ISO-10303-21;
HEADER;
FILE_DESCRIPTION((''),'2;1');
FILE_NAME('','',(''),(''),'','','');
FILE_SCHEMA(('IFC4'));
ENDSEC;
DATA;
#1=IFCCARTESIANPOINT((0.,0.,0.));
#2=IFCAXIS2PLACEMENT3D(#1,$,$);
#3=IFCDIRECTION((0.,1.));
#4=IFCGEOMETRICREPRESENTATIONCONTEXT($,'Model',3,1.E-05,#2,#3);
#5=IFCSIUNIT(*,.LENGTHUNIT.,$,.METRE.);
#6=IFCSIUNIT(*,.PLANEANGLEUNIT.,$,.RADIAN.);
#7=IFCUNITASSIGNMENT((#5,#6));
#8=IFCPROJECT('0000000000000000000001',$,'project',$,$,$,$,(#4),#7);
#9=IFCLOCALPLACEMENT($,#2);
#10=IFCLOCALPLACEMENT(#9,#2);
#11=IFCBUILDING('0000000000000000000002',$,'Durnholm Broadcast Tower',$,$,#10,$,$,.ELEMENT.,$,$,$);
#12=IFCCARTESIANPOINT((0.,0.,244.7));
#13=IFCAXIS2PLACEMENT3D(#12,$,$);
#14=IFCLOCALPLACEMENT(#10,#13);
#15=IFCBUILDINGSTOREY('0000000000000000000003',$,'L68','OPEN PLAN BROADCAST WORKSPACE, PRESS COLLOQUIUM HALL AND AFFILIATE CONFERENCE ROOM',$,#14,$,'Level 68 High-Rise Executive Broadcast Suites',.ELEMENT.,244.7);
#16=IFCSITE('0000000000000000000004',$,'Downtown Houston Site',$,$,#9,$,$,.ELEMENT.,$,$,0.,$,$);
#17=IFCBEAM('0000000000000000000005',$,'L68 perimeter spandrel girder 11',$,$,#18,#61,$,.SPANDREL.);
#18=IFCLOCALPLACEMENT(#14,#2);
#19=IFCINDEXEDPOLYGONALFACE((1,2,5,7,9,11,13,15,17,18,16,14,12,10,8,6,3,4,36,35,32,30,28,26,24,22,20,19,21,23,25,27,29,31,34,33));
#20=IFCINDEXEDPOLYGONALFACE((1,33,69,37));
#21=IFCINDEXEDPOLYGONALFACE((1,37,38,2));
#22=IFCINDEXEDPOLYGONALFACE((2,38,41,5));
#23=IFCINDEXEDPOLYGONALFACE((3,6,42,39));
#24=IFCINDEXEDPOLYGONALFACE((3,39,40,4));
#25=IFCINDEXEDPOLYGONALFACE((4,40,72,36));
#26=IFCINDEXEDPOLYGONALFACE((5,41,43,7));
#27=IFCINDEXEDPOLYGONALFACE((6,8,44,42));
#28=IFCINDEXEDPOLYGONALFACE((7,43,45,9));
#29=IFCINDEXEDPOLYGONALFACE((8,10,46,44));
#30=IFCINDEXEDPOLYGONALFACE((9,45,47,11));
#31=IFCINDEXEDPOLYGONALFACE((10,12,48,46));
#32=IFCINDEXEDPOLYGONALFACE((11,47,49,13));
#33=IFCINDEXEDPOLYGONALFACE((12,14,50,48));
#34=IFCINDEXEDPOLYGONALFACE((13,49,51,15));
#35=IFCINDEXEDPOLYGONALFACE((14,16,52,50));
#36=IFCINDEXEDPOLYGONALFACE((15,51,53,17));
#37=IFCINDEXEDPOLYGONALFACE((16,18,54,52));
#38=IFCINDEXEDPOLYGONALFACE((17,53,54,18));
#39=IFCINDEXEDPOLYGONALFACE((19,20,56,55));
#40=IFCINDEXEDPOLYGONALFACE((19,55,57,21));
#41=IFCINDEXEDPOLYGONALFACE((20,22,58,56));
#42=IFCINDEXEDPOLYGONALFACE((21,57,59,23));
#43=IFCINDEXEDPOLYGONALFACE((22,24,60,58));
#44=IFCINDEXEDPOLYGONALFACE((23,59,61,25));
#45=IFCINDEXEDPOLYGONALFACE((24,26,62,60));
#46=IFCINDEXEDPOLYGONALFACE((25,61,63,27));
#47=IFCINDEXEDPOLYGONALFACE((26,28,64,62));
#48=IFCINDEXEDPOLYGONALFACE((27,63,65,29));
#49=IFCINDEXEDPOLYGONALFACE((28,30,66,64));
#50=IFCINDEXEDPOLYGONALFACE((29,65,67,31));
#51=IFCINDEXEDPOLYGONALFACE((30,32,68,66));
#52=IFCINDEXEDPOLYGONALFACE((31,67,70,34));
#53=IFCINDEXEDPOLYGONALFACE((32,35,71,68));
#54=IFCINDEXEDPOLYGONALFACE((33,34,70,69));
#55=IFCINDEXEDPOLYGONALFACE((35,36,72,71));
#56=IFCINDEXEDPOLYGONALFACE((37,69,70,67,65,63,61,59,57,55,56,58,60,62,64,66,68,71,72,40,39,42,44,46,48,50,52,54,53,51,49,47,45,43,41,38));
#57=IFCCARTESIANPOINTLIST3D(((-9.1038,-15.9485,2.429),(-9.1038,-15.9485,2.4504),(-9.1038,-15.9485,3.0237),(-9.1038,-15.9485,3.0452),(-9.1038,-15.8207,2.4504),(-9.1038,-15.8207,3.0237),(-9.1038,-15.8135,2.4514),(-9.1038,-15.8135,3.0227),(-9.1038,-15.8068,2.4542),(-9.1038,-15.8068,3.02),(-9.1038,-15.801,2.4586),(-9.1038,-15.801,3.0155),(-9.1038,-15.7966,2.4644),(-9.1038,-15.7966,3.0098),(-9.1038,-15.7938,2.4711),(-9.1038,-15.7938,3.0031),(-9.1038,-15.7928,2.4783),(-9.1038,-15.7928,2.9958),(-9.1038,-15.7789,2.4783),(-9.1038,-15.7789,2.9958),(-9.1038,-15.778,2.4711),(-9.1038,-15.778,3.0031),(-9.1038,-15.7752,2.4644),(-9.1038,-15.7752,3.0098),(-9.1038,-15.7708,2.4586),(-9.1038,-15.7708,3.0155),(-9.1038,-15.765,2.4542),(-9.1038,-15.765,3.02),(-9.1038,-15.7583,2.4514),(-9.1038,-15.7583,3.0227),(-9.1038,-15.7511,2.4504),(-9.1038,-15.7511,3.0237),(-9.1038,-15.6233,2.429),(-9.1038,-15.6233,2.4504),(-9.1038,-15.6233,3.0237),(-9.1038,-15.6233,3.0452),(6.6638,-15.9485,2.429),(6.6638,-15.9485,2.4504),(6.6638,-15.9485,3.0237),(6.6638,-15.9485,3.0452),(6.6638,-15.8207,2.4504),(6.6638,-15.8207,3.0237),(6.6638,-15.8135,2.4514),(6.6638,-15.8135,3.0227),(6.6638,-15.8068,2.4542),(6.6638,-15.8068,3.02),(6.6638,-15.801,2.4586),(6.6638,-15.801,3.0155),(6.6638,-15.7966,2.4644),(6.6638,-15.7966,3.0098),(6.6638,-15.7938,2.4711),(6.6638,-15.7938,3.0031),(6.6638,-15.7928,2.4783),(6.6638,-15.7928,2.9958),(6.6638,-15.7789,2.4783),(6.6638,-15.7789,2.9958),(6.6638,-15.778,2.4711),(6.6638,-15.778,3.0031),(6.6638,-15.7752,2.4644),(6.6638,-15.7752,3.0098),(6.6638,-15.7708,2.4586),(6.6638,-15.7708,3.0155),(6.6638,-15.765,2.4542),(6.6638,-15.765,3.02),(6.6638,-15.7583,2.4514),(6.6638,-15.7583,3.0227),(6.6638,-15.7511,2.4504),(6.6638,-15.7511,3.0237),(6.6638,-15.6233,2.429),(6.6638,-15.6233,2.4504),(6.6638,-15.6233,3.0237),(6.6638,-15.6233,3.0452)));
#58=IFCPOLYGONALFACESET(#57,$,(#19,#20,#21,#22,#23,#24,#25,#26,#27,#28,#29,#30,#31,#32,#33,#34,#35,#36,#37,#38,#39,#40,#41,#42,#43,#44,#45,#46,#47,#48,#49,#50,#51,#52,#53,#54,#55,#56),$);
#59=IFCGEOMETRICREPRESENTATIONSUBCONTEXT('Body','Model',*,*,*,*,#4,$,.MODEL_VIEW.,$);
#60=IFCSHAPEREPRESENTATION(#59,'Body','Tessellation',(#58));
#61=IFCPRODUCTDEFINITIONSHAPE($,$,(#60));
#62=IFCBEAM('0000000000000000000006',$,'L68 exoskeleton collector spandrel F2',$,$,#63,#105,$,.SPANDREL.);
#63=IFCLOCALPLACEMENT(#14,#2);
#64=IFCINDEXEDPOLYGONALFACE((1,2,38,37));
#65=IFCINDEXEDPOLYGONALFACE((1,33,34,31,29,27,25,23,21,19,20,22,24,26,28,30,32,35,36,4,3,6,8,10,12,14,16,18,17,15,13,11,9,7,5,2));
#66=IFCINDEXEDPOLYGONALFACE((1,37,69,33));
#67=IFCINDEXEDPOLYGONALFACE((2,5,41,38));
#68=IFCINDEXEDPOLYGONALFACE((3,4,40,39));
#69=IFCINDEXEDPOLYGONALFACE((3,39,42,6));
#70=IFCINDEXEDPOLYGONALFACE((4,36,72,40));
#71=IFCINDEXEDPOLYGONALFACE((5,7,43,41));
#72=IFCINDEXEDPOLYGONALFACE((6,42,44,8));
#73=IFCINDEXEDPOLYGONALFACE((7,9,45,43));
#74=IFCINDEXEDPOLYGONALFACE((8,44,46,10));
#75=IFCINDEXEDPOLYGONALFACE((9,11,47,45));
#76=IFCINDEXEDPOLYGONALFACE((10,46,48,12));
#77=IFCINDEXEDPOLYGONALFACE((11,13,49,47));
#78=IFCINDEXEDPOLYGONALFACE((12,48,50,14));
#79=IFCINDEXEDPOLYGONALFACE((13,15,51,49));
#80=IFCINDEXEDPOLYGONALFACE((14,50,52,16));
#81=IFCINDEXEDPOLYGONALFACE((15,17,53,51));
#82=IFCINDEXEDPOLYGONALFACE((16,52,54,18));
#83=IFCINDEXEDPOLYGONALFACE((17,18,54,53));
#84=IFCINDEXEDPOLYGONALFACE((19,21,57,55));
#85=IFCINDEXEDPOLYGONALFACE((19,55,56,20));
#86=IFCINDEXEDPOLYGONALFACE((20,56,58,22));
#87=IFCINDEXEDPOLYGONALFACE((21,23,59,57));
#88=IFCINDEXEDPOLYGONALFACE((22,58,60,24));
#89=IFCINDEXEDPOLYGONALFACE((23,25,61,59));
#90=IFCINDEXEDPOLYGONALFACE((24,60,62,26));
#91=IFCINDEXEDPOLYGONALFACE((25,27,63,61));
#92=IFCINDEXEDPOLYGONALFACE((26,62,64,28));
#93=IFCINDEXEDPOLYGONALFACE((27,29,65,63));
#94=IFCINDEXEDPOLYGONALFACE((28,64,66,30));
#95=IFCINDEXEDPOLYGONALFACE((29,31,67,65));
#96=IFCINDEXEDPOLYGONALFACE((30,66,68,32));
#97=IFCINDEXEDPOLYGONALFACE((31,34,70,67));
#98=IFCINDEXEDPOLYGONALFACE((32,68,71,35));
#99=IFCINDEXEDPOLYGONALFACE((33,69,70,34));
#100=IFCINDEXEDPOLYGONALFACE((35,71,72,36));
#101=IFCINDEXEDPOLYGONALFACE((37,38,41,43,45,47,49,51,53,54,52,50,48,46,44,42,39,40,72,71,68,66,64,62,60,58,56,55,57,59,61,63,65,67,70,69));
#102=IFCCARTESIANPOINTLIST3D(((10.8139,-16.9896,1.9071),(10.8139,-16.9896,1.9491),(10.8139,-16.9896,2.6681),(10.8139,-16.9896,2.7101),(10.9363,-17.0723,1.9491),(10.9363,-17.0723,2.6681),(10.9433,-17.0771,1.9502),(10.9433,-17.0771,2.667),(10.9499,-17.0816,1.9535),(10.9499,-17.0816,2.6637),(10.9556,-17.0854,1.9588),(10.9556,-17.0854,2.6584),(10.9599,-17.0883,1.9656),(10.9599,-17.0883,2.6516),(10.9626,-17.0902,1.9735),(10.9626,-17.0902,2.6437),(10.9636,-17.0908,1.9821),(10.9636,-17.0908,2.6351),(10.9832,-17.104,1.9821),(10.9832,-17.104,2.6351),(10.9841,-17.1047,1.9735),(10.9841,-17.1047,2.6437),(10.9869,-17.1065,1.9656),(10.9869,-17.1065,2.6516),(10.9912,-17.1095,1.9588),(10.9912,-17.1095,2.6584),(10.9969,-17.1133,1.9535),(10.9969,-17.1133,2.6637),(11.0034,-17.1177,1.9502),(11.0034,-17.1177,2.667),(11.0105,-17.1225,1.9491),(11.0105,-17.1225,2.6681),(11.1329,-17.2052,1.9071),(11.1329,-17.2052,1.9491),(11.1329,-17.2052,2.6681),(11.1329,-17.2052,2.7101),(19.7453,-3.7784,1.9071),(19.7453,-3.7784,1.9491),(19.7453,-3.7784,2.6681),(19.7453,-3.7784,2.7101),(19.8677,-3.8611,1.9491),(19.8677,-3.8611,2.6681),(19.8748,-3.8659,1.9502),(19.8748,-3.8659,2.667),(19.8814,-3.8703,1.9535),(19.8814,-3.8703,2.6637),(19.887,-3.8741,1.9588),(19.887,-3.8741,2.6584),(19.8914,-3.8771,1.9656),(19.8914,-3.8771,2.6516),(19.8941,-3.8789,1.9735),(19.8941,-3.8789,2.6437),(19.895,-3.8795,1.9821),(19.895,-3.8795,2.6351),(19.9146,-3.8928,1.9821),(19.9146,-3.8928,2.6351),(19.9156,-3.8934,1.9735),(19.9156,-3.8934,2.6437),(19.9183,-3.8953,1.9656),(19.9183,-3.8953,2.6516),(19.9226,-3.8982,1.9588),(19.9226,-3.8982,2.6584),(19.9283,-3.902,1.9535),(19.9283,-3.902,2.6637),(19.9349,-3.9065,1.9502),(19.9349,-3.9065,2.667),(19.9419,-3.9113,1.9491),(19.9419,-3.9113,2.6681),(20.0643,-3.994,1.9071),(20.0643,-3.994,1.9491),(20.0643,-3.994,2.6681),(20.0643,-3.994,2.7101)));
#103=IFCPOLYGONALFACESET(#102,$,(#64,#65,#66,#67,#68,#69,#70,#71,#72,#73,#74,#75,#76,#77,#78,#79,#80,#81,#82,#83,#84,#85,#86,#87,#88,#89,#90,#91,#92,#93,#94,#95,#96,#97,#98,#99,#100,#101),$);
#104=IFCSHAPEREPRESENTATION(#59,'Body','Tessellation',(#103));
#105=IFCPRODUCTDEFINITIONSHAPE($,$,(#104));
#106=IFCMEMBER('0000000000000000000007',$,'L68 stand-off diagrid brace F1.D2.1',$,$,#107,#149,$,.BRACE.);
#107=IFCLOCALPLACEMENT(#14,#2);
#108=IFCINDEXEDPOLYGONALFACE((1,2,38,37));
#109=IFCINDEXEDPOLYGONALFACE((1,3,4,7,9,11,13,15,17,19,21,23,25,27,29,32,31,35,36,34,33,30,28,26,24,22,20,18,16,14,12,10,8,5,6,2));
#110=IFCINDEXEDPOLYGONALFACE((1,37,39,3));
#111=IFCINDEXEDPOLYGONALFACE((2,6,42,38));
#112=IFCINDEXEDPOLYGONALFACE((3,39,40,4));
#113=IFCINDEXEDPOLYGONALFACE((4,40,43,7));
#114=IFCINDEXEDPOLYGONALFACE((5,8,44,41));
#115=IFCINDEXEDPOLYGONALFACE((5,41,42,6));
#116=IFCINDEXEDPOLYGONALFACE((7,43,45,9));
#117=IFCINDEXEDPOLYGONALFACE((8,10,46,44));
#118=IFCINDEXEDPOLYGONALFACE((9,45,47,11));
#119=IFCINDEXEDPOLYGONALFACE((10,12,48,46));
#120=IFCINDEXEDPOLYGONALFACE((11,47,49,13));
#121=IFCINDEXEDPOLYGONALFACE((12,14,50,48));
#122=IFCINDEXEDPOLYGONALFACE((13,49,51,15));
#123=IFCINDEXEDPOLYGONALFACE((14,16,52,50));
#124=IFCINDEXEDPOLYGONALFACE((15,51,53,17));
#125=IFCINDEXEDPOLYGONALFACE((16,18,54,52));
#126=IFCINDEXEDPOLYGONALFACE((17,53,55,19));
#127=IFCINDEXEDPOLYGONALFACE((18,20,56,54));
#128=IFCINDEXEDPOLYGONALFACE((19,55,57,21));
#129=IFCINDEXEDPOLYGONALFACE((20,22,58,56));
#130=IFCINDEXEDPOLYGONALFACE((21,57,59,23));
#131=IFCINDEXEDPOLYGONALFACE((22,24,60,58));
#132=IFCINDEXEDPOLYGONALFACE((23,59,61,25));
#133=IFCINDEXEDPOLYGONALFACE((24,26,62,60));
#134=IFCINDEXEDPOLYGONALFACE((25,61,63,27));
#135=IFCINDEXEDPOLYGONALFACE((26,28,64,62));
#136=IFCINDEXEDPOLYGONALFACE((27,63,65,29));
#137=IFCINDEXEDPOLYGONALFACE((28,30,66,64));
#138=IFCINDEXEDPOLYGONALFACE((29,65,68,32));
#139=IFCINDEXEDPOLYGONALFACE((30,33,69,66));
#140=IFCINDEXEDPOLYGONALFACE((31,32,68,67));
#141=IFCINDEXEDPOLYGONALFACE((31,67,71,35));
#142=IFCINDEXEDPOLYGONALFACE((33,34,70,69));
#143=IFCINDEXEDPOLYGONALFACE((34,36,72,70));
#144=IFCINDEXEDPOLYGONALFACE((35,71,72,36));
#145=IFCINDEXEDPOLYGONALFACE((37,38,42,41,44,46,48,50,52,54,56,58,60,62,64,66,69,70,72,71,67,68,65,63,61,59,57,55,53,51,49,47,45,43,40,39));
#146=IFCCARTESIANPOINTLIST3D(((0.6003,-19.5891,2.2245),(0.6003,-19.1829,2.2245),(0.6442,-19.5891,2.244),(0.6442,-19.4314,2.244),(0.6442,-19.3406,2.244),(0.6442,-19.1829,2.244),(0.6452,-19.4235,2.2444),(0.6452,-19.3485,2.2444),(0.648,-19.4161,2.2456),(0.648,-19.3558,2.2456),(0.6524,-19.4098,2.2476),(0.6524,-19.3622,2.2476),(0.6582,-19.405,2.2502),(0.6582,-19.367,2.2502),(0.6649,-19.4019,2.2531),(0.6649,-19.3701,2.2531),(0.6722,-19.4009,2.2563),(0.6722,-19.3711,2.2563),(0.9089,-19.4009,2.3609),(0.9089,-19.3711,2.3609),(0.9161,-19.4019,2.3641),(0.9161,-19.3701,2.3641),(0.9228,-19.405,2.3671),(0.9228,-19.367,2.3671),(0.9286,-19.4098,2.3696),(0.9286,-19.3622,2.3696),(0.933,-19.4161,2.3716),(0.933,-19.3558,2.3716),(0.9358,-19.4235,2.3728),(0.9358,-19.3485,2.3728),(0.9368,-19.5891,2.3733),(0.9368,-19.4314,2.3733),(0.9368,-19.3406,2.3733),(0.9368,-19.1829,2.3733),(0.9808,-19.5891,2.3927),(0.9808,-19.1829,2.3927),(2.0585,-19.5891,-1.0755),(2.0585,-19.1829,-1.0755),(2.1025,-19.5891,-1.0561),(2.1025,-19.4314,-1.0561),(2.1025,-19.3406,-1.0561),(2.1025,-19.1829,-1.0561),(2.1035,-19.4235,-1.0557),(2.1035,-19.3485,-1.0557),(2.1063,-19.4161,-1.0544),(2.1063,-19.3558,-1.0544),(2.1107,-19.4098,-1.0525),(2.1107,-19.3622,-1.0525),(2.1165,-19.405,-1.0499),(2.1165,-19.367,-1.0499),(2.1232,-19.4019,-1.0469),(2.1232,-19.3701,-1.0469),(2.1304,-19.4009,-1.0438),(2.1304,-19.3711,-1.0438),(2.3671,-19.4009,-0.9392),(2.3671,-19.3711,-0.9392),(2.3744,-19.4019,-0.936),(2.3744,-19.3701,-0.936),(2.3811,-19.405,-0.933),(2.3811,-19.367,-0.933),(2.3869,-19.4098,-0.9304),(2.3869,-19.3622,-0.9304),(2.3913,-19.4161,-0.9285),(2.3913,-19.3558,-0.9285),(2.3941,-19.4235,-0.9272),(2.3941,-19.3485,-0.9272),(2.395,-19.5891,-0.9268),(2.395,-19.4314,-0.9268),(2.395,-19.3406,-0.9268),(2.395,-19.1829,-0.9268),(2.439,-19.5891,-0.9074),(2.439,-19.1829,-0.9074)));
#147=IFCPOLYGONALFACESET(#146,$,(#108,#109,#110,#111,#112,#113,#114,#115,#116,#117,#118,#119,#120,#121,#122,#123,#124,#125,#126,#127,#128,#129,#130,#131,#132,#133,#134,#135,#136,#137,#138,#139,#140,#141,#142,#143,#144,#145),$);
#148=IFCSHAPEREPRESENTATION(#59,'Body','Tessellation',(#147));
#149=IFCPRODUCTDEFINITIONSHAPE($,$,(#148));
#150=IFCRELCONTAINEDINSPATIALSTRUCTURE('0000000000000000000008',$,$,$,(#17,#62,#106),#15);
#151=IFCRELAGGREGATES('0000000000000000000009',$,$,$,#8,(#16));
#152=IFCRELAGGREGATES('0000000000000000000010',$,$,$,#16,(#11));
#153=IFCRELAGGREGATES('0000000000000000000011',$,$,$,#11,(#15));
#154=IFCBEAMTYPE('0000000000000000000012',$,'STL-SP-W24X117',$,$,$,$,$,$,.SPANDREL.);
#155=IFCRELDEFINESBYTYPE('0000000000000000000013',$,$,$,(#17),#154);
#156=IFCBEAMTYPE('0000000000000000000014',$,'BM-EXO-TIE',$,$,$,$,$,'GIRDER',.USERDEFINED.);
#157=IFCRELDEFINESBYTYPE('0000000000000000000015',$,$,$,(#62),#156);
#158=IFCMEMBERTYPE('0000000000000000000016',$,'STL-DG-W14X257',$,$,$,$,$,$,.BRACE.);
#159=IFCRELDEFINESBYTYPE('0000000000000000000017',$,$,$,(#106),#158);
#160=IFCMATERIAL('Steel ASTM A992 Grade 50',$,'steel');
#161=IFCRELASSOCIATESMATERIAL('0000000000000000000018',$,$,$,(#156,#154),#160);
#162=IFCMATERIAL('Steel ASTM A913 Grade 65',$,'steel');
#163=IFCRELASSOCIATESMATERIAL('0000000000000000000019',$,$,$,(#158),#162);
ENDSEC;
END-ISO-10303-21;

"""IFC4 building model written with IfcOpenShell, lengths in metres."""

from ifc_helpers import new_model, si_unit, direction, frame, origin, origin_2d, place, context, subcontext, project, spatial, i_section, extrude, source, transform, mapped, material, material_profile, profile_set, type_object, type_shapes, element, save


model = new_model("IFC4")

# Units and contexts
model_context = context("Model", 3, precision=1e-05, world=origin(), true_north=direction((0.0, 1.0)))
body_context = subcontext(model_context, "Body", "Model", "MODEL_VIEW")
ifc_project = project(units=[si_unit("LENGTHUNIT", "METRE"), si_unit("PLANEANGLEUNIT", "RADIAN")], contexts=[model_context])

# Site, building, storey
site_placement = place(None, origin())
site = spatial("IfcSite", under=ifc_project, at=site_placement, Name="Downtown Houston Site", CompositionType="ELEMENT", RefElevation=0.0)
building_placement = place(site_placement, origin())
building = spatial("IfcBuilding", under=site, at=building_placement, Name="Durnholm Broadcast Tower", CompositionType="ELEMENT")
storey_placement = place(building_placement, frame((0.0, 0.0, 244.7)))
storey = spatial("IfcBuildingStorey", under=building, at=storey_placement, Name="L68", Description="OPEN PLAN BROADCAST WORKSPACE, PRESS COLLOQUIUM HALL AND AFFILIATE CONFERENCE ROOM", LongName="Level 68 High-Rise Executive Broadcast Suites", CompositionType="ELEMENT", Elevation=244.7)

# Beams
ifc_material_1 = material(Name="Steel ASTM A992 Grade 50", Category="steel")
ifc_material_profile_1 = material_profile(ifc_material_1, i_section(OverallWidth=0.385, OverallDepth=0.803, WebThickness=0.0237, FlangeThickness=0.042, FilletRadius=0.033, at=origin_2d()), Name="W30X261")
ifc_profile_set_1 = profile_set([ifc_material_profile_1], Name="Steel ASTM A992 Grade 50")
beam_type_1 = type_object("IfcBeamType", Name="BM-EXO-TIE", ElementType="GIRDER", PredefinedType="USERDEFINED", material=ifc_profile_set_1)
ifc_material_profile_2 = material_profile(ifc_material_1, i_section(OverallWidth=0.3252, OverallDepth=0.6162, WebThickness=0.0139, FlangeThickness=0.0215, FilletRadius=0.0278, at=origin_2d()), Name="W24X117")
ifc_profile_set_2 = profile_set([ifc_material_profile_2], Name="Steel ASTM A992 Grade 50")
beam_type_2 = type_object("IfcBeamType", Name="STL-SP-W24X117", PredefinedType="SPANDREL", material=ifc_profile_set_2)
shared_shape_1 = source(origin(), body_context, "Body", "SweptSolid", [
    extrude(i_section(OverallWidth=0.3252, OverallDepth=0.6162, WebThickness=0.0139, FlangeThickness=0.0215, FilletRadius=0.0278, at=origin_2d()), origin(), (0.0, 0.0, 1.0), 15.7676),
])
beam_1_placement = place(storey_placement, frame((6.6638, -15.7859, 2.7371), z_axis=(-1.0, 0.0, 0.0), x_axis=(0.0, -1.0, 0.0)))
element("IfcBeam", 1, at=beam_1_placement, inside=storey, type_object=beam_type_2, Name="L68 perimeter spandrel girder 11", PredefinedType="SPANDREL", context=body_context, shape_type="MappedRepresentation", body=[
    mapped(shared_shape_1, transform((0.0, 0.0, 0.0), x_axis=(1.0, 0.0, 0.0), y_axis=(0.0, 1.0, 0.0), z_axis=(0.0, 0.0, 1.0), scale=1.0)),
])
shared_shape_2 = source(origin(), body_context, "Body", "SweptSolid", [
    extrude(i_section(OverallWidth=0.385, OverallDepth=0.803, WebThickness=0.0237, FlangeThickness=0.042, FilletRadius=0.033, at=origin_2d()), origin(), (0.0, 0.0, 1.0), 15.947),
])
beam_2_placement = place(storey_placement, frame((10.9734, -17.0974, 2.3086), z_axis=(0.560069, 0.828446, 0.0), x_axis=(-0.828446, 0.560069, 0.0)))
element("IfcBeam", 2, at=beam_2_placement, inside=storey, type_object=beam_type_1, Name="L68 exoskeleton collector spandrel F2", PredefinedType="SPANDREL", context=body_context, shape_type="MappedRepresentation", body=[
    mapped(shared_shape_2, transform((0.0, 0.0, 0.0), x_axis=(1.0, 0.0, 0.0), y_axis=(0.0, 1.0, 0.0), z_axis=(0.0, 0.0, 1.0), scale=1.0)),
])

# Member
ifc_material_2 = material(Name="Steel ASTM A913 Grade 65", Category="steel")
ifc_material_profile_3 = material_profile(ifc_material_2, i_section(OverallWidth=0.4062, OverallDepth=0.416, WebThickness=0.0298, FlangeThickness=0.0481, FilletRadius=0.0305, at=origin_2d()), Name="W14X257")
ifc_profile_set_3 = profile_set([ifc_material_profile_3], Name="Steel ASTM A913 Grade 65")
member_type_1 = type_object("IfcMemberType", Name="STL-DG-W14X257", PredefinedType="BRACE", material=ifc_profile_set_3)
shared_shape_3 = source(origin(), body_context, "Body", "SweptSolid", [
    extrude(i_section(OverallWidth=0.4062, OverallDepth=0.416, WebThickness=0.0298, FlangeThickness=0.0481, FilletRadius=0.0305, at=origin_2d()), origin(), (0.0, 0.0, 1.0), 3.6079),
])
type_shapes(member_type_1, [shared_shape_3])
for number, where, z_axis, x_axis, name in (
    (3, (2.2488, -19.386, -0.9915), (-0.404185, 0.0, 0.914677), (0.0, -1.0, 0.0), "L68 stand-off diagrid brace F1.D2.1"),
):
    element("IfcMember", number, at=place(storey_placement, frame(where, z_axis=z_axis, x_axis=x_axis)), inside=storey, type_object=member_type_1, Name=name, PredefinedType="BRACE", context=body_context, shape_type="MappedRepresentation", body=[
        mapped(shared_shape_3, transform((0.0, 0.0, 0.0), x_axis=(1.0, 0.0, 0.0), y_axis=(0.0, 1.0, 0.0), z_axis=(0.0, 0.0, 1.0), scale=1.0)),
    ])

save(model, "model.ifc")
